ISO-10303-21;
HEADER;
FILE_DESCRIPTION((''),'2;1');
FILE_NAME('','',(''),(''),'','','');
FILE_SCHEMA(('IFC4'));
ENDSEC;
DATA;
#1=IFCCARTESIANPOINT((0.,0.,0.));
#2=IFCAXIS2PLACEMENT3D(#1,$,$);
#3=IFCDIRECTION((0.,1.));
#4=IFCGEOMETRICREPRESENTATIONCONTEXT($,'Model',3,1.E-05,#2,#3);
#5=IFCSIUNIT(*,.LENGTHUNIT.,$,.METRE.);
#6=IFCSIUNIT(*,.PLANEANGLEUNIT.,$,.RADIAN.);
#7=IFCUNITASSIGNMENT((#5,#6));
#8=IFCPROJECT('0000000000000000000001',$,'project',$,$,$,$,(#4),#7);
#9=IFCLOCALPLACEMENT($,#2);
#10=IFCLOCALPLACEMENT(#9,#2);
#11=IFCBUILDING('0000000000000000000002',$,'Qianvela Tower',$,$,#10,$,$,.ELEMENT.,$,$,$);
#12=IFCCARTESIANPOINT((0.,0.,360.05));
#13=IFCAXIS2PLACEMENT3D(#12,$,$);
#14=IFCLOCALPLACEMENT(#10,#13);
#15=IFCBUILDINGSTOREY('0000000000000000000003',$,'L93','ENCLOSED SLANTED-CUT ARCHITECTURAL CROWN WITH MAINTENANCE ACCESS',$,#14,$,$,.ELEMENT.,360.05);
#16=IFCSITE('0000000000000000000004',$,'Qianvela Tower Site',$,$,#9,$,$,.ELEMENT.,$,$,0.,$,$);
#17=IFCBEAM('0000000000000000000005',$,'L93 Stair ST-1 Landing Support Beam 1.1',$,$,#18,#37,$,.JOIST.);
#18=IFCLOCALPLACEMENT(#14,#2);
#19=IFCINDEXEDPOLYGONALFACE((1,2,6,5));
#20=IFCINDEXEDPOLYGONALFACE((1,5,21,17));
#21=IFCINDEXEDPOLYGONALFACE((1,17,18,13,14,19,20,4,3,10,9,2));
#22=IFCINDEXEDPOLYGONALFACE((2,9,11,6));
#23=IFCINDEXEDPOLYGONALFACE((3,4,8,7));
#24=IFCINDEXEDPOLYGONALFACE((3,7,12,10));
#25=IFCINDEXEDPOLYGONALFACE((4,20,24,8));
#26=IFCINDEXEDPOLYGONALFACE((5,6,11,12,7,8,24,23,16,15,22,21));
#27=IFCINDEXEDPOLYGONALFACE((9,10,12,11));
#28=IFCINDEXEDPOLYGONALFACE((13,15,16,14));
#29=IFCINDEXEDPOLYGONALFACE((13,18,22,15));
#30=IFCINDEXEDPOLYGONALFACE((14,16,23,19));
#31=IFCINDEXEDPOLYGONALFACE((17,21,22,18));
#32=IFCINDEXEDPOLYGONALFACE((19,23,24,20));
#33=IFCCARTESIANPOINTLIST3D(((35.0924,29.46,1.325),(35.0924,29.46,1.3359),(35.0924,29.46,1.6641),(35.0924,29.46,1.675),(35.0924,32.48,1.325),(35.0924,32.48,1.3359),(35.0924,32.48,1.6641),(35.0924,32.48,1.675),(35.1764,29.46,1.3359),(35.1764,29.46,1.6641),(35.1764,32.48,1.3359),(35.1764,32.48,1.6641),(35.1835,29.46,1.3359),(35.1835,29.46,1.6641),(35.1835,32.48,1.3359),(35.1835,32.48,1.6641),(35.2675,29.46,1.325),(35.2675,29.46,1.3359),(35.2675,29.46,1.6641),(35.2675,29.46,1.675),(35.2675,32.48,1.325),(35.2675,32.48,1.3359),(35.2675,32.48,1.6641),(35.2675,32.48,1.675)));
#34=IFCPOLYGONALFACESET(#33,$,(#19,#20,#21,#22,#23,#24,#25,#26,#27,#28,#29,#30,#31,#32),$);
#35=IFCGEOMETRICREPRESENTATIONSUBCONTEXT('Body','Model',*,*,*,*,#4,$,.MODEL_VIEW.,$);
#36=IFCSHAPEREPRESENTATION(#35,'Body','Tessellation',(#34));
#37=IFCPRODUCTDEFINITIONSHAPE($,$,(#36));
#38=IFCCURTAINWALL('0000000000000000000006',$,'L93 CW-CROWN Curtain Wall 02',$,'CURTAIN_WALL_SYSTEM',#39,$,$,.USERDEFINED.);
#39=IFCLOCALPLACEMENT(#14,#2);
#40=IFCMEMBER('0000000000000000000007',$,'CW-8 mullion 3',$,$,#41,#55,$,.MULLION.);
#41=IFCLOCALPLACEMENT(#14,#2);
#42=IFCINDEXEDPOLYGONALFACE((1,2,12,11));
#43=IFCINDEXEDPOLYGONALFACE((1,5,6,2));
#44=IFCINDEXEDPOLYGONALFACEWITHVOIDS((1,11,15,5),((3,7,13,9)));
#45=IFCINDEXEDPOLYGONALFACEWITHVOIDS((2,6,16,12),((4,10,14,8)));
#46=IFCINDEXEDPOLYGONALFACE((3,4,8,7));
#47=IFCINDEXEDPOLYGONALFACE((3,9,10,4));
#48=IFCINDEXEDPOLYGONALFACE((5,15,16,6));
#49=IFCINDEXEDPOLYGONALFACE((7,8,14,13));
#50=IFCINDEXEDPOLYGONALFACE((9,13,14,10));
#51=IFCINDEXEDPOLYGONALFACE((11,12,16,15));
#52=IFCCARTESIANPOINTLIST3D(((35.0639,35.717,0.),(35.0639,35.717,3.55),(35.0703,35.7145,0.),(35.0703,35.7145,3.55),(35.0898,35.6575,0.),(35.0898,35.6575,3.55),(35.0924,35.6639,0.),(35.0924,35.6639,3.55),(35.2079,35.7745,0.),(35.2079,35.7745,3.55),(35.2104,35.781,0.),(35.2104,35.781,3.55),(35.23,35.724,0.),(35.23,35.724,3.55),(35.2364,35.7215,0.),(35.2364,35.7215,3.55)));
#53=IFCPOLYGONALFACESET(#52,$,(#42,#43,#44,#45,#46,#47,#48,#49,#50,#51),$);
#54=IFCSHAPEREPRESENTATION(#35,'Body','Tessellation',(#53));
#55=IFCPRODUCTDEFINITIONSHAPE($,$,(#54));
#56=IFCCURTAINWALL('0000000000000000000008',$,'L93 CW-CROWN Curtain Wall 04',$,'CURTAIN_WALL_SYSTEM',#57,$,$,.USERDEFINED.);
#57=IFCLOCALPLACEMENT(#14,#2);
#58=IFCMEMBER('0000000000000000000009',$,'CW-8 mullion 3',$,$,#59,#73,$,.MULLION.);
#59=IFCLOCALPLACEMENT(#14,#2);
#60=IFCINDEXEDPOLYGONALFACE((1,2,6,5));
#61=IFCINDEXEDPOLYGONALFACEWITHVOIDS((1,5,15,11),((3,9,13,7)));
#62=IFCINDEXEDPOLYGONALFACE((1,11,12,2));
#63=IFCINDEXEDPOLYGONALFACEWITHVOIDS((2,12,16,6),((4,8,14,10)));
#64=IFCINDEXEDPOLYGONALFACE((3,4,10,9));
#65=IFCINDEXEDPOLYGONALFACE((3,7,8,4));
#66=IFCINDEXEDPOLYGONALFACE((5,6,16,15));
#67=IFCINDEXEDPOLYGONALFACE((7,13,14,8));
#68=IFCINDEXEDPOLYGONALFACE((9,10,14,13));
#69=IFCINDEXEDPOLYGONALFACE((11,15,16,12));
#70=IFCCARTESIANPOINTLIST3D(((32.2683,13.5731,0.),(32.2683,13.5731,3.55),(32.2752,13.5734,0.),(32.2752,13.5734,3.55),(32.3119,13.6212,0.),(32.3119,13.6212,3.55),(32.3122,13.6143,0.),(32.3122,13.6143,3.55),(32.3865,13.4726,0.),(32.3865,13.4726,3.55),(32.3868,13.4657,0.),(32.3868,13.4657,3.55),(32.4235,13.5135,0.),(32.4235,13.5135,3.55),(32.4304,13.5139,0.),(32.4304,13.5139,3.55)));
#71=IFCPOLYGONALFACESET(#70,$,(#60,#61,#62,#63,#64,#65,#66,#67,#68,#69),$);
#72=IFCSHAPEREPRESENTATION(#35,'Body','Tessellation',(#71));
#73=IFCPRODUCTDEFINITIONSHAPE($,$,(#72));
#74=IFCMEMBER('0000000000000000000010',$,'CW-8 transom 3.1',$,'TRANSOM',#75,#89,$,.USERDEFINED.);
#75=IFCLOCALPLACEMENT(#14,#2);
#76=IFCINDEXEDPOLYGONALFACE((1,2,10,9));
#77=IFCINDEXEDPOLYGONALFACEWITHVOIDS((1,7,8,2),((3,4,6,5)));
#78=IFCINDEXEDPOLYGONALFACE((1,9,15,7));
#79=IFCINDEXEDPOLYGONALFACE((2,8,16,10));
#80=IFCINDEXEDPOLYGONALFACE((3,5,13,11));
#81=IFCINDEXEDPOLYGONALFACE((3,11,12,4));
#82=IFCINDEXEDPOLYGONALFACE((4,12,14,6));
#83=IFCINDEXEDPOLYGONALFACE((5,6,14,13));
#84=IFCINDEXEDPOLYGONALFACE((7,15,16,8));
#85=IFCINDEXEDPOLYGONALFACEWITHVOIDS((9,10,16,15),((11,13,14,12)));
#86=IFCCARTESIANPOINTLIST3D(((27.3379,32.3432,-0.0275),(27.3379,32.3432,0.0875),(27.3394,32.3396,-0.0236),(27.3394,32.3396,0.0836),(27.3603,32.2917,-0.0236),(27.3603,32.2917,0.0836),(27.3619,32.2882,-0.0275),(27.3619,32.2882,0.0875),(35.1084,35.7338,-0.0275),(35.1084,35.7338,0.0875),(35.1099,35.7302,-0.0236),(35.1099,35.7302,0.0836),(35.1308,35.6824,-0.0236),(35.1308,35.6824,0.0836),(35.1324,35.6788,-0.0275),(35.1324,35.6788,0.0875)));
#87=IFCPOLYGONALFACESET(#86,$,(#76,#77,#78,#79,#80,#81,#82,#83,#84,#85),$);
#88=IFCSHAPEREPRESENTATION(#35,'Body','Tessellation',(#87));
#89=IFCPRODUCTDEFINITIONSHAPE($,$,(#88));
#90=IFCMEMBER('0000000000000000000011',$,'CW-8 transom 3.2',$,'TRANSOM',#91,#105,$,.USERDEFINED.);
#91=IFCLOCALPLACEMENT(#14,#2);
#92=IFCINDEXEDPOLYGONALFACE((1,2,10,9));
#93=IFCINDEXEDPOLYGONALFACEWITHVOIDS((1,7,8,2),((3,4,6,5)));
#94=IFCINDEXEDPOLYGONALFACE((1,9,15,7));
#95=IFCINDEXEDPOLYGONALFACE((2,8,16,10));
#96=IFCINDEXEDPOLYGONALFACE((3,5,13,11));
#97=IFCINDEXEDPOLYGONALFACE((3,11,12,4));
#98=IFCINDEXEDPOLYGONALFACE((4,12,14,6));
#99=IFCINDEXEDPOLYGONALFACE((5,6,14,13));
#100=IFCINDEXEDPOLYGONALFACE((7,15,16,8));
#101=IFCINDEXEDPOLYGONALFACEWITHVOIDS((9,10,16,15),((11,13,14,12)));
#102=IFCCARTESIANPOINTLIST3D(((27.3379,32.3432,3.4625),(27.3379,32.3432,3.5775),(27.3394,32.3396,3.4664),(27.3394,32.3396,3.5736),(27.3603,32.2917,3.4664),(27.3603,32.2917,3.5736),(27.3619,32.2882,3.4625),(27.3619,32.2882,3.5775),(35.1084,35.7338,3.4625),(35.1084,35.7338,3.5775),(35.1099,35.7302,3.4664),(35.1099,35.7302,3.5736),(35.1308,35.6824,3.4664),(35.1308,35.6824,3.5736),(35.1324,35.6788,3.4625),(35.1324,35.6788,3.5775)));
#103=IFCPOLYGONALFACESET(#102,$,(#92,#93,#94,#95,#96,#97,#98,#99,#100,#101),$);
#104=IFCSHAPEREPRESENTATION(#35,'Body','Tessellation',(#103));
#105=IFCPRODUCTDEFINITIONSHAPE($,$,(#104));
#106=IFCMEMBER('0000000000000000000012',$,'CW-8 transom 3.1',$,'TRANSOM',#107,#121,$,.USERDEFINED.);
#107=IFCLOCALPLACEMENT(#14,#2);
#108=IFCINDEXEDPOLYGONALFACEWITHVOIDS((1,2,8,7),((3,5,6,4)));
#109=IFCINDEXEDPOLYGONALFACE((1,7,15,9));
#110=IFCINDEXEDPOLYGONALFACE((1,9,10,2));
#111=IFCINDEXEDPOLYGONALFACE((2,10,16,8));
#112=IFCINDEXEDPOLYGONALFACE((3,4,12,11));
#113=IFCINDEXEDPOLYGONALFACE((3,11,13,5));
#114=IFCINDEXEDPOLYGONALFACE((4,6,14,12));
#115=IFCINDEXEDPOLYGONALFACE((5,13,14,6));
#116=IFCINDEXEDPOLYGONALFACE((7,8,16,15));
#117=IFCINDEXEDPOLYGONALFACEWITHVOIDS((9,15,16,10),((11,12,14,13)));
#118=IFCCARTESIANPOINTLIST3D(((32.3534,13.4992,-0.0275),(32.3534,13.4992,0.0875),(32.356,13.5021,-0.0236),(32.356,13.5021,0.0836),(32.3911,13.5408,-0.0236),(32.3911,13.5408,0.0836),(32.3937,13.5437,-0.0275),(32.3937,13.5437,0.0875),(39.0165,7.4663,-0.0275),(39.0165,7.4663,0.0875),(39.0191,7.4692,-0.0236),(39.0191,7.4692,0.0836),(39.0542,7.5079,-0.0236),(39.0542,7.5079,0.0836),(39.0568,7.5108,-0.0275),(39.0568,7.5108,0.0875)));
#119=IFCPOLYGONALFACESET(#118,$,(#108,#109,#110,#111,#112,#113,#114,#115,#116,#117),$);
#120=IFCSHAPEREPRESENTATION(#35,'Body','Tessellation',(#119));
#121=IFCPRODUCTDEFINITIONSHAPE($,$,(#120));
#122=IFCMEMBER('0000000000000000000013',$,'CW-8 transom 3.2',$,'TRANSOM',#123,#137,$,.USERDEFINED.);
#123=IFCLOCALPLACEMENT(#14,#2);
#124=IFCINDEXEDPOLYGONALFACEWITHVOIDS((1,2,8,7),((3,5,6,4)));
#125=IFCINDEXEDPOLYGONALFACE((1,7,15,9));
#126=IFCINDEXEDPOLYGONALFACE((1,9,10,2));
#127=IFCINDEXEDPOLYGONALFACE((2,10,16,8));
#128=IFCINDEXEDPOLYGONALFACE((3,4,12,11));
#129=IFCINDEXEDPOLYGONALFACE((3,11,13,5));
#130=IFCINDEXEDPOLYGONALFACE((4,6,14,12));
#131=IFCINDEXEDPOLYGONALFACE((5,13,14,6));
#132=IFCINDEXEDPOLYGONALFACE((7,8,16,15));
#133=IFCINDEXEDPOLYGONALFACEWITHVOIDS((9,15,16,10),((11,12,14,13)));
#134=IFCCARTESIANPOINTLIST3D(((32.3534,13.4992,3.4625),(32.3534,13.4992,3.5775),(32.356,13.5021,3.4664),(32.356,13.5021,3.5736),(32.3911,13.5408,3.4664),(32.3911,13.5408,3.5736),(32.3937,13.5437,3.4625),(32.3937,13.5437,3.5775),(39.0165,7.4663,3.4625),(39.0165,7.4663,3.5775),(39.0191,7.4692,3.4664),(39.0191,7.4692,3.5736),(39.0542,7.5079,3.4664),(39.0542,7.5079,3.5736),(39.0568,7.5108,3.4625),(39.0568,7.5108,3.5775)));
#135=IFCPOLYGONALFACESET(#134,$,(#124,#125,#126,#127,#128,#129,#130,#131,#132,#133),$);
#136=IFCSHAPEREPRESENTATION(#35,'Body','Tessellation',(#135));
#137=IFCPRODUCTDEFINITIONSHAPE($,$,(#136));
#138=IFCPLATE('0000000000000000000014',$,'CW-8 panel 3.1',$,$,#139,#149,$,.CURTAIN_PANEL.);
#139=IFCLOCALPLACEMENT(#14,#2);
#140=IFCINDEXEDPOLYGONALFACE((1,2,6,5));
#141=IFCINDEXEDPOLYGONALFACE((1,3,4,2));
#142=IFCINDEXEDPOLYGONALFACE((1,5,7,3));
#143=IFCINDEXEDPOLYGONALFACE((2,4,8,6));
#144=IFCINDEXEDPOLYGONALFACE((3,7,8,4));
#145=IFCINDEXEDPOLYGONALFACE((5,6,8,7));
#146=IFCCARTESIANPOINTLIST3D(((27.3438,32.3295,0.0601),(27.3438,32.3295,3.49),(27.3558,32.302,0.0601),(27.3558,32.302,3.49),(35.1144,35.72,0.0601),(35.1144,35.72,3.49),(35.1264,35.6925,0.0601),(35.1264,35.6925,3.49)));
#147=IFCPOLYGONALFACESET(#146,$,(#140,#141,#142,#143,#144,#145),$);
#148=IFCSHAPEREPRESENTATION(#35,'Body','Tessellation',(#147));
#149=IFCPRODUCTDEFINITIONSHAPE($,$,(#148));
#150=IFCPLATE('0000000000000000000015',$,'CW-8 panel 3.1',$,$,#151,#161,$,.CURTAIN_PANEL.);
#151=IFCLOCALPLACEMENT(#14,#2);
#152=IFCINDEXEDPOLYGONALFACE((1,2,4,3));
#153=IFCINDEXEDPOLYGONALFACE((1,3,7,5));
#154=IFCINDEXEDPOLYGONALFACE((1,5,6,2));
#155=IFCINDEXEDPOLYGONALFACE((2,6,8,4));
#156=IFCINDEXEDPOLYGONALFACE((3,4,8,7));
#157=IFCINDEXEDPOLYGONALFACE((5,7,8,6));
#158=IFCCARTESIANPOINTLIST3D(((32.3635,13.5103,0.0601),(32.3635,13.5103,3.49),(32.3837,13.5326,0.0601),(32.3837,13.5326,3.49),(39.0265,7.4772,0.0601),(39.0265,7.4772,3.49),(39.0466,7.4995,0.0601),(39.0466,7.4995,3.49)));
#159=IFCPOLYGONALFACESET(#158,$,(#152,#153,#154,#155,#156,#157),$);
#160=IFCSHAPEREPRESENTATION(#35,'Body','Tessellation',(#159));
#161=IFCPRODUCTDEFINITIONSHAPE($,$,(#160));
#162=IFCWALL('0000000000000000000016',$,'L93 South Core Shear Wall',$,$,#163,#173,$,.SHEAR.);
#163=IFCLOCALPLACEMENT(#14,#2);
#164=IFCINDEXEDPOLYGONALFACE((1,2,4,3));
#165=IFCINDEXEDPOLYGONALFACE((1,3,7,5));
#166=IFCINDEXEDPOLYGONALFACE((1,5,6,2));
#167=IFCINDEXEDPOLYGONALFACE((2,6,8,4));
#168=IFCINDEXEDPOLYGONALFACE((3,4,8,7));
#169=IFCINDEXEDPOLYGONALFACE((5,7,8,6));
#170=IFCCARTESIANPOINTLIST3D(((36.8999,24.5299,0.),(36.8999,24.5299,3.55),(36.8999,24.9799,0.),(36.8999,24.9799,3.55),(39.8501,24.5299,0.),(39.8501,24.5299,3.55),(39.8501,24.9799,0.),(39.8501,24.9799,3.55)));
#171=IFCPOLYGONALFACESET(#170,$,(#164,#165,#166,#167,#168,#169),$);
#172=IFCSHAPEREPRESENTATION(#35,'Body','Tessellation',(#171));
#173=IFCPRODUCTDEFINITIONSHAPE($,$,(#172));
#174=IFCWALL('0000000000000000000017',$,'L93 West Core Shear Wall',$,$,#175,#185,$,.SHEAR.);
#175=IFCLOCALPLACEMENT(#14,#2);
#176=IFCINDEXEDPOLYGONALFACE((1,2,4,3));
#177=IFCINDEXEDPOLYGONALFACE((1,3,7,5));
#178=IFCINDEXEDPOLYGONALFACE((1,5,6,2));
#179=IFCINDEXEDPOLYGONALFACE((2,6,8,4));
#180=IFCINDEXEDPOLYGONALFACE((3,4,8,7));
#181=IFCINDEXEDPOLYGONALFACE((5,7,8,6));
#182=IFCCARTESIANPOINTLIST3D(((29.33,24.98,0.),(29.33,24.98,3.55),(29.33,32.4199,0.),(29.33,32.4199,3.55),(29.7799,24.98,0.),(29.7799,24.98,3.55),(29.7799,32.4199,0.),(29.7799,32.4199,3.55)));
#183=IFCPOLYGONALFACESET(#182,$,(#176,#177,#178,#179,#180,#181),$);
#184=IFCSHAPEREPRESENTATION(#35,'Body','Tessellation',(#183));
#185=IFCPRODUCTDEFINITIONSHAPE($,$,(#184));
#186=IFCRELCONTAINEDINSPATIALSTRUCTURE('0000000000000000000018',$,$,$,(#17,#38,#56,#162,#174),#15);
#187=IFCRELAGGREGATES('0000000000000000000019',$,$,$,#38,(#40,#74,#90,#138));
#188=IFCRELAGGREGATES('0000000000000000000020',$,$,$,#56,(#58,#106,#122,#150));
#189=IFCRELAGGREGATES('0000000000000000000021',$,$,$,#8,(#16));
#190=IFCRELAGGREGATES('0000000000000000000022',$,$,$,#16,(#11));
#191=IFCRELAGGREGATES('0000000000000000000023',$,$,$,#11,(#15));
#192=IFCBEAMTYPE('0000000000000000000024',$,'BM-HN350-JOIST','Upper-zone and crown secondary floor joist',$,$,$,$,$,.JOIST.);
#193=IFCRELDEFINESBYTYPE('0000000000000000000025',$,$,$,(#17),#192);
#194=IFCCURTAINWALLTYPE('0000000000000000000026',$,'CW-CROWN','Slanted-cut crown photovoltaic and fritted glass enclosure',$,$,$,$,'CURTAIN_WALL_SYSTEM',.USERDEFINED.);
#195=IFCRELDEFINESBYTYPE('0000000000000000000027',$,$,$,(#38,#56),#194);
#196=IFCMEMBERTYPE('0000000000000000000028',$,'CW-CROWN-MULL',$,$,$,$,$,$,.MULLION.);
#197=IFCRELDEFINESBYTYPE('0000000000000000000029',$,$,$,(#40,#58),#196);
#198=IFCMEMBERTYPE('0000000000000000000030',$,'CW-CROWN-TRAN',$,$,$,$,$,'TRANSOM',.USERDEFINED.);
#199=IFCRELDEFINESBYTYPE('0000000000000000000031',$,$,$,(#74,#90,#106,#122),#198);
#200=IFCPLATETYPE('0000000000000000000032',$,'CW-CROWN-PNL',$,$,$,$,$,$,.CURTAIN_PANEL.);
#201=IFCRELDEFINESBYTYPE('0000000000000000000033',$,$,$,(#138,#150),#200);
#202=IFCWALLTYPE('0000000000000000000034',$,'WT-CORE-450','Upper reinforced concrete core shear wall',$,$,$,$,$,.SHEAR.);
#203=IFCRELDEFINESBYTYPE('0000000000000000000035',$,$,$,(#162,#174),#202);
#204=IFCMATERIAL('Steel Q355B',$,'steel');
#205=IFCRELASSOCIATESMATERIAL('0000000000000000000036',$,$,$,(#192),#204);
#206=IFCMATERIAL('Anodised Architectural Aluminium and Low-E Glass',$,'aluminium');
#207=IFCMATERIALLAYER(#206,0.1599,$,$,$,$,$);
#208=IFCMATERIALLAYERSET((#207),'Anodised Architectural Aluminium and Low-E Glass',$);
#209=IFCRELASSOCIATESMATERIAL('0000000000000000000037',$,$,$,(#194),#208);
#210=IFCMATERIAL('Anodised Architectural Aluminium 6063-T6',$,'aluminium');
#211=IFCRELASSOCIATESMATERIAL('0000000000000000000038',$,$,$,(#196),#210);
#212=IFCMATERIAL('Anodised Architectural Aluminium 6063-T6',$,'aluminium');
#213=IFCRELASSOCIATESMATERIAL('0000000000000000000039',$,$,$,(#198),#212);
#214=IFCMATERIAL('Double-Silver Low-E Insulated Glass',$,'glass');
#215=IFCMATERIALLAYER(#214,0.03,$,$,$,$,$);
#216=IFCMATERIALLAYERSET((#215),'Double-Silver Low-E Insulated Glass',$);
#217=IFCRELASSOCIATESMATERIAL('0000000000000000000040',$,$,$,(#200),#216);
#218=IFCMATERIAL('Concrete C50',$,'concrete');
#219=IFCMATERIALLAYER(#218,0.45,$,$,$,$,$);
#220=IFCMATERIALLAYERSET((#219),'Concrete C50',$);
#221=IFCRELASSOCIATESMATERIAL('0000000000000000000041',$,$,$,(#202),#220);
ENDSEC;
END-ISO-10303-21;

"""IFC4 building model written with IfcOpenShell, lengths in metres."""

from ifc_helpers import new_model, si_unit, direction, frame, frame_2d, origin, origin_2d, place, context, subcontext, project, spatial, rectangle, hollow_rectangle, i_section, extrude, material, layer, layer_set, material_profile, profile_set, type_object, element, aggregate, save


model = new_model("IFC4")

# Units and contexts
model_context = context("Model", 3, precision=1e-05, world=origin(), true_north=direction((0.0, 1.0)))
body_context = subcontext(model_context, "Body", "Model", "MODEL_VIEW")
ifc_project = project(units=[si_unit("LENGTHUNIT", "METRE"), si_unit("PLANEANGLEUNIT", "RADIAN")], contexts=[model_context])

# Site, building, storey
site_placement = place(None, origin())
site = spatial("IfcSite", under=ifc_project, at=site_placement, Name="Qianvela Tower Site", CompositionType="ELEMENT", RefElevation=0.0)
building_placement = place(site_placement, origin())
building = spatial("IfcBuilding", under=site, at=building_placement, Name="Qianvela Tower", CompositionType="ELEMENT")
storey_placement = place(building_placement, frame((0.0, 0.0, 360.05)))
storey = spatial("IfcBuildingStorey", under=building, at=storey_placement, Name="L93", Description="ENCLOSED SLANTED-CUT ARCHITECTURAL CROWN WITH MAINTENANCE ACCESS", CompositionType="ELEMENT", Elevation=360.05)

# Beam
ifc_material_1 = material(Name="Steel Q355B", Category="steel")
ifc_material_profile_1 = material_profile(ifc_material_1, i_section(OverallWidth=0.175, OverallDepth=0.3501, WebThickness=0.0071, FlangeThickness=0.011, at=origin_2d()), Name="HN350x175x7x11")
ifc_profile_set_1 = profile_set([ifc_material_profile_1], Name="Steel Q355B")
beam_type = type_object("IfcBeamType", Name="BM-HN350-JOIST", Description="Upper-zone and crown secondary floor joist", PredefinedType="JOIST", material=ifc_profile_set_1)
beam_placement = place(storey_placement, frame((35.1799, 29.46, 1.5), z_axis=(0.0, 1.0, 0.0), x_axis=(-1.0, 0.0, 0.0)))
element("IfcBeam", 1, at=beam_placement, inside=storey, type_object=beam_type, Name="L93 Stair ST-1 Landing Support Beam 1.1", PredefinedType="JOIST", context=body_context, shape_type="SweptSolid", body=[
    extrude(i_section(OverallWidth=0.175, OverallDepth=0.3501, WebThickness=0.0071, FlangeThickness=0.011, at=origin_2d()), origin(), (0.0, 0.0, 1.0), 3.02),
])

# Curtain walls, members
ifc_material_2 = material(Name="Anodised Architectural Aluminium and Low-E Glass", Category="aluminium")
ifc_layer_1 = layer(ifc_material_2, 0.1599)
ifc_layer_set_1 = layer_set([ifc_layer_1], Name="Anodised Architectural Aluminium and Low-E Glass")
curtain_wall_type = type_object("IfcCurtainWallType", Name="CW-CROWN", Description="Slanted-cut crown photovoltaic and fritted glass enclosure", ElementType="CURTAIN_WALL_SYSTEM", PredefinedType="USERDEFINED", material=ifc_layer_set_1)
curtain_wall_1_placement = place(storey_placement, origin())
curtain_wall_1 = element("IfcCurtainWall", 2, at=curtain_wall_1_placement, inside=storey, type_object=curtain_wall_type, Name="L93 CW-CROWN Curtain Wall 02", ObjectType="CURTAIN_WALL_SYSTEM", PredefinedType="USERDEFINED")
ifc_material_3 = material(Name="Anodised Architectural Aluminium 6063-T6", Category="aluminium")
ifc_material_profile_2 = material_profile(ifc_material_3, hollow_rectangle(XDim=0.0649, YDim=0.1599, WallThickness=0.0049, at=origin_2d()), Name="ALU-MULL-65x160")
ifc_profile_set_2 = profile_set([ifc_material_profile_2], Name="Anodised Architectural Aluminium 6063-T6")
member_type_1 = type_object("IfcMemberType", Name="CW-CROWN-MULL", PredefinedType="MULLION", material=ifc_profile_set_2)
member_1_placement = place(storey_placement, frame((35.1501, 35.7192, 0.0), z_axis=(0.0, 0.0, 1.0), x_axis=(0.399915, -0.916552, 0.0)))
member_1 = element("IfcMember", 3, at=member_1_placement, type_object=member_type_1, Name="CW-8 mullion 3", PredefinedType="MULLION", context=body_context, shape_type="SweptSolid", body=[
    extrude(hollow_rectangle(XDim=0.0649, YDim=0.1599, WallThickness=0.0049, at=origin_2d()), origin(), (0.0, 0.0, 1.0), 3.55),
])
curtain_wall_2_placement = place(storey_placement, origin())
curtain_wall_2 = element("IfcCurtainWall", 4, at=curtain_wall_2_placement, inside=storey, type_object=curtain_wall_type, Name="L93 CW-CROWN Curtain Wall 04", ObjectType="CURTAIN_WALL_SYSTEM", PredefinedType="USERDEFINED")
member_2_placement = place(storey_placement, frame((32.3494, 13.5435, 0.0), z_axis=(0.0, 0.0, 1.0), x_axis=(0.671201, 0.741275, 0.0)))
member_2 = element("IfcMember", 5, at=member_2_placement, type_object=member_type_1, Name="CW-8 mullion 3", PredefinedType="MULLION", context=body_context, shape_type="SweptSolid", body=[
    extrude(hollow_rectangle(XDim=0.0649, YDim=0.1599, WallThickness=0.0049, at=origin_2d()), origin(), (0.0, 0.0, 1.0), 3.55),
])

# Members
ifc_material_4 = material(Name="Anodised Architectural Aluminium 6063-T6", Category="aluminium")
ifc_material_profile_3 = material_profile(ifc_material_4, hollow_rectangle(XDim=0.0601, YDim=0.115, WallThickness=0.0039, at=origin_2d()), Name="ALU-TRAN-60x115")
ifc_profile_set_3 = profile_set([ifc_material_profile_3], Name="Anodised Architectural Aluminium 6063-T6")
member_type_2 = type_object("IfcMemberType", Name="CW-CROWN-TRAN", ElementType="TRANSOM", PredefinedType="USERDEFINED", material=ifc_profile_set_3)
member_3_placement = place(storey_placement, frame((35.1204, 35.7063, 0.03), z_axis=(-0.916546, -0.39993, 0.0), x_axis=(0.39993, -0.916546, 0.0)))
member_3 = element("IfcMember", 6, at=member_3_placement, type_object=member_type_2, Name="CW-8 transom 3.1", ObjectType="TRANSOM", PredefinedType="USERDEFINED", context=body_context, shape_type="SweptSolid", body=[
    extrude(hollow_rectangle(XDim=0.0601, YDim=0.115, WallThickness=0.0039, at=origin_2d()), origin(), (0.0, 0.0, 1.0), 8.478),
])
member_4_placement = place(storey_placement, frame((35.1204, 35.7063, 3.52), z_axis=(-0.916546, -0.39993, 0.0), x_axis=(0.39993, -0.916546, 0.0)))
member_4 = element("IfcMember", 7, at=member_4_placement, type_object=member_type_2, Name="CW-8 transom 3.2", ObjectType="TRANSOM", PredefinedType="USERDEFINED", context=body_context, shape_type="SweptSolid", body=[
    extrude(hollow_rectangle(XDim=0.0601, YDim=0.115, WallThickness=0.0039, at=origin_2d()), origin(), (0.0, 0.0, 1.0), 8.478),
])
member_5_placement = place(storey_placement, frame((32.3735, 13.5215, 0.03), z_axis=(0.741289, -0.671186, 0.0), x_axis=(0.671186, 0.741289, 0.0)))
member_5 = element("IfcMember", 8, at=member_5_placement, type_object=member_type_2, Name="CW-8 transom 3.1", ObjectType="TRANSOM", PredefinedType="USERDEFINED", context=body_context, shape_type="SweptSolid", body=[
    extrude(hollow_rectangle(XDim=0.0601, YDim=0.115, WallThickness=0.0039, at=origin_2d()), origin(), (0.0, 0.0, 1.0), 8.9885),
])
member_6_placement = place(storey_placement, frame((32.3735, 13.5215, 3.52), z_axis=(0.741289, -0.671186, 0.0), x_axis=(0.671186, 0.741289, 0.0)))
member_6 = element("IfcMember", 9, at=member_6_placement, type_object=member_type_2, Name="CW-8 transom 3.2", ObjectType="TRANSOM", PredefinedType="USERDEFINED", context=body_context, shape_type="SweptSolid", body=[
    extrude(hollow_rectangle(XDim=0.0601, YDim=0.115, WallThickness=0.0039, at=origin_2d()), origin(), (0.0, 0.0, 1.0), 8.9885),
])

# Plates
ifc_material_5 = material(Name="Double-Silver Low-E Insulated Glass", Category="glass")
ifc_layer_2 = layer(ifc_material_5, 0.03)
ifc_layer_set_2 = layer_set([ifc_layer_2], Name="Double-Silver Low-E Insulated Glass")
plate_type = type_object("IfcPlateType", Name="CW-CROWN-PNL", PredefinedType="CURTAIN_PANEL", material=ifc_layer_set_2)
plate_1_placement = place(storey_placement, frame((31.2351, 34.011, 0.0601), z_axis=(0.0, 0.0, 1.0), x_axis=(-0.916552, -0.399915, 0.0)))
plate_1 = element("IfcPlate", 10, at=plate_1_placement, type_object=plate_type, Name="CW-8 panel 3.1", PredefinedType="CURTAIN_PANEL", context=body_context, shape_type="SweptSolid", body=[
    extrude(rectangle(XDim=8.478, YDim=0.03, at=origin_2d()), origin(), (0.0, 0.0, 1.0), 3.4299),
])
aggregate(curtain_wall_1, [member_1, member_3, member_4, plate_1])
plate_2_placement = place(storey_placement, frame((35.7051, 10.5049, 0.0601), z_axis=(0.0, 0.0, 1.0), x_axis=(0.741275, -0.671201, 0.0)))
plate_2 = element("IfcPlate", 11, at=plate_2_placement, type_object=plate_type, Name="CW-8 panel 3.1", PredefinedType="CURTAIN_PANEL", context=body_context, shape_type="SweptSolid", body=[
    extrude(rectangle(XDim=8.9885, YDim=0.03, at=origin_2d()), origin(), (0.0, 0.0, 1.0), 3.4299),
])
aggregate(curtain_wall_2, [member_2, member_5, member_6, plate_2])

# Walls
ifc_material_6 = material(Name="Concrete C50", Category="concrete")
ifc_layer_3 = layer(ifc_material_6, 0.45)
ifc_layer_set_3 = layer_set([ifc_layer_3], Name="Concrete C50")
wall_type_1 = type_object("IfcWallType", Name="WT-CORE-450", Description="Upper reinforced concrete core shear wall", PredefinedType="SHEAR", material=ifc_layer_set_3)
wall_1_placement = place(storey_placement, frame((36.8999, 24.7549, 0.0), z_axis=(0.0, 0.0, 1.0), x_axis=(1.0, 0.0, 0.0)))
element("IfcWall", 12, at=wall_1_placement, inside=storey, type_object=wall_type_1, Name="L93 South Core Shear Wall", PredefinedType="SHEAR", context=body_context, shape_type="SweptSolid", body=[
    extrude(rectangle(XDim=2.9502, YDim=0.45, at=frame_2d((1.4751, 0.0))), origin(), (0.0, 0.0, 1.0), 3.55),
])
wall_2_placement = place(storey_placement, frame((29.5549, 24.98, 0.0), z_axis=(0.0, 0.0, 1.0), x_axis=(0.0, 1.0, 0.0)))
element("IfcWall", 13, at=wall_2_placement, inside=storey, type_object=wall_type_1, Name="L93 West Core Shear Wall", PredefinedType="SHEAR", context=body_context, shape_type="SweptSolid", body=[
    extrude(rectangle(XDim=7.4399, YDim=0.45, at=frame_2d((3.72, 0.0))), origin(), (0.0, 0.0, 1.0), 3.55),
])

save(model, "model.ifc")
